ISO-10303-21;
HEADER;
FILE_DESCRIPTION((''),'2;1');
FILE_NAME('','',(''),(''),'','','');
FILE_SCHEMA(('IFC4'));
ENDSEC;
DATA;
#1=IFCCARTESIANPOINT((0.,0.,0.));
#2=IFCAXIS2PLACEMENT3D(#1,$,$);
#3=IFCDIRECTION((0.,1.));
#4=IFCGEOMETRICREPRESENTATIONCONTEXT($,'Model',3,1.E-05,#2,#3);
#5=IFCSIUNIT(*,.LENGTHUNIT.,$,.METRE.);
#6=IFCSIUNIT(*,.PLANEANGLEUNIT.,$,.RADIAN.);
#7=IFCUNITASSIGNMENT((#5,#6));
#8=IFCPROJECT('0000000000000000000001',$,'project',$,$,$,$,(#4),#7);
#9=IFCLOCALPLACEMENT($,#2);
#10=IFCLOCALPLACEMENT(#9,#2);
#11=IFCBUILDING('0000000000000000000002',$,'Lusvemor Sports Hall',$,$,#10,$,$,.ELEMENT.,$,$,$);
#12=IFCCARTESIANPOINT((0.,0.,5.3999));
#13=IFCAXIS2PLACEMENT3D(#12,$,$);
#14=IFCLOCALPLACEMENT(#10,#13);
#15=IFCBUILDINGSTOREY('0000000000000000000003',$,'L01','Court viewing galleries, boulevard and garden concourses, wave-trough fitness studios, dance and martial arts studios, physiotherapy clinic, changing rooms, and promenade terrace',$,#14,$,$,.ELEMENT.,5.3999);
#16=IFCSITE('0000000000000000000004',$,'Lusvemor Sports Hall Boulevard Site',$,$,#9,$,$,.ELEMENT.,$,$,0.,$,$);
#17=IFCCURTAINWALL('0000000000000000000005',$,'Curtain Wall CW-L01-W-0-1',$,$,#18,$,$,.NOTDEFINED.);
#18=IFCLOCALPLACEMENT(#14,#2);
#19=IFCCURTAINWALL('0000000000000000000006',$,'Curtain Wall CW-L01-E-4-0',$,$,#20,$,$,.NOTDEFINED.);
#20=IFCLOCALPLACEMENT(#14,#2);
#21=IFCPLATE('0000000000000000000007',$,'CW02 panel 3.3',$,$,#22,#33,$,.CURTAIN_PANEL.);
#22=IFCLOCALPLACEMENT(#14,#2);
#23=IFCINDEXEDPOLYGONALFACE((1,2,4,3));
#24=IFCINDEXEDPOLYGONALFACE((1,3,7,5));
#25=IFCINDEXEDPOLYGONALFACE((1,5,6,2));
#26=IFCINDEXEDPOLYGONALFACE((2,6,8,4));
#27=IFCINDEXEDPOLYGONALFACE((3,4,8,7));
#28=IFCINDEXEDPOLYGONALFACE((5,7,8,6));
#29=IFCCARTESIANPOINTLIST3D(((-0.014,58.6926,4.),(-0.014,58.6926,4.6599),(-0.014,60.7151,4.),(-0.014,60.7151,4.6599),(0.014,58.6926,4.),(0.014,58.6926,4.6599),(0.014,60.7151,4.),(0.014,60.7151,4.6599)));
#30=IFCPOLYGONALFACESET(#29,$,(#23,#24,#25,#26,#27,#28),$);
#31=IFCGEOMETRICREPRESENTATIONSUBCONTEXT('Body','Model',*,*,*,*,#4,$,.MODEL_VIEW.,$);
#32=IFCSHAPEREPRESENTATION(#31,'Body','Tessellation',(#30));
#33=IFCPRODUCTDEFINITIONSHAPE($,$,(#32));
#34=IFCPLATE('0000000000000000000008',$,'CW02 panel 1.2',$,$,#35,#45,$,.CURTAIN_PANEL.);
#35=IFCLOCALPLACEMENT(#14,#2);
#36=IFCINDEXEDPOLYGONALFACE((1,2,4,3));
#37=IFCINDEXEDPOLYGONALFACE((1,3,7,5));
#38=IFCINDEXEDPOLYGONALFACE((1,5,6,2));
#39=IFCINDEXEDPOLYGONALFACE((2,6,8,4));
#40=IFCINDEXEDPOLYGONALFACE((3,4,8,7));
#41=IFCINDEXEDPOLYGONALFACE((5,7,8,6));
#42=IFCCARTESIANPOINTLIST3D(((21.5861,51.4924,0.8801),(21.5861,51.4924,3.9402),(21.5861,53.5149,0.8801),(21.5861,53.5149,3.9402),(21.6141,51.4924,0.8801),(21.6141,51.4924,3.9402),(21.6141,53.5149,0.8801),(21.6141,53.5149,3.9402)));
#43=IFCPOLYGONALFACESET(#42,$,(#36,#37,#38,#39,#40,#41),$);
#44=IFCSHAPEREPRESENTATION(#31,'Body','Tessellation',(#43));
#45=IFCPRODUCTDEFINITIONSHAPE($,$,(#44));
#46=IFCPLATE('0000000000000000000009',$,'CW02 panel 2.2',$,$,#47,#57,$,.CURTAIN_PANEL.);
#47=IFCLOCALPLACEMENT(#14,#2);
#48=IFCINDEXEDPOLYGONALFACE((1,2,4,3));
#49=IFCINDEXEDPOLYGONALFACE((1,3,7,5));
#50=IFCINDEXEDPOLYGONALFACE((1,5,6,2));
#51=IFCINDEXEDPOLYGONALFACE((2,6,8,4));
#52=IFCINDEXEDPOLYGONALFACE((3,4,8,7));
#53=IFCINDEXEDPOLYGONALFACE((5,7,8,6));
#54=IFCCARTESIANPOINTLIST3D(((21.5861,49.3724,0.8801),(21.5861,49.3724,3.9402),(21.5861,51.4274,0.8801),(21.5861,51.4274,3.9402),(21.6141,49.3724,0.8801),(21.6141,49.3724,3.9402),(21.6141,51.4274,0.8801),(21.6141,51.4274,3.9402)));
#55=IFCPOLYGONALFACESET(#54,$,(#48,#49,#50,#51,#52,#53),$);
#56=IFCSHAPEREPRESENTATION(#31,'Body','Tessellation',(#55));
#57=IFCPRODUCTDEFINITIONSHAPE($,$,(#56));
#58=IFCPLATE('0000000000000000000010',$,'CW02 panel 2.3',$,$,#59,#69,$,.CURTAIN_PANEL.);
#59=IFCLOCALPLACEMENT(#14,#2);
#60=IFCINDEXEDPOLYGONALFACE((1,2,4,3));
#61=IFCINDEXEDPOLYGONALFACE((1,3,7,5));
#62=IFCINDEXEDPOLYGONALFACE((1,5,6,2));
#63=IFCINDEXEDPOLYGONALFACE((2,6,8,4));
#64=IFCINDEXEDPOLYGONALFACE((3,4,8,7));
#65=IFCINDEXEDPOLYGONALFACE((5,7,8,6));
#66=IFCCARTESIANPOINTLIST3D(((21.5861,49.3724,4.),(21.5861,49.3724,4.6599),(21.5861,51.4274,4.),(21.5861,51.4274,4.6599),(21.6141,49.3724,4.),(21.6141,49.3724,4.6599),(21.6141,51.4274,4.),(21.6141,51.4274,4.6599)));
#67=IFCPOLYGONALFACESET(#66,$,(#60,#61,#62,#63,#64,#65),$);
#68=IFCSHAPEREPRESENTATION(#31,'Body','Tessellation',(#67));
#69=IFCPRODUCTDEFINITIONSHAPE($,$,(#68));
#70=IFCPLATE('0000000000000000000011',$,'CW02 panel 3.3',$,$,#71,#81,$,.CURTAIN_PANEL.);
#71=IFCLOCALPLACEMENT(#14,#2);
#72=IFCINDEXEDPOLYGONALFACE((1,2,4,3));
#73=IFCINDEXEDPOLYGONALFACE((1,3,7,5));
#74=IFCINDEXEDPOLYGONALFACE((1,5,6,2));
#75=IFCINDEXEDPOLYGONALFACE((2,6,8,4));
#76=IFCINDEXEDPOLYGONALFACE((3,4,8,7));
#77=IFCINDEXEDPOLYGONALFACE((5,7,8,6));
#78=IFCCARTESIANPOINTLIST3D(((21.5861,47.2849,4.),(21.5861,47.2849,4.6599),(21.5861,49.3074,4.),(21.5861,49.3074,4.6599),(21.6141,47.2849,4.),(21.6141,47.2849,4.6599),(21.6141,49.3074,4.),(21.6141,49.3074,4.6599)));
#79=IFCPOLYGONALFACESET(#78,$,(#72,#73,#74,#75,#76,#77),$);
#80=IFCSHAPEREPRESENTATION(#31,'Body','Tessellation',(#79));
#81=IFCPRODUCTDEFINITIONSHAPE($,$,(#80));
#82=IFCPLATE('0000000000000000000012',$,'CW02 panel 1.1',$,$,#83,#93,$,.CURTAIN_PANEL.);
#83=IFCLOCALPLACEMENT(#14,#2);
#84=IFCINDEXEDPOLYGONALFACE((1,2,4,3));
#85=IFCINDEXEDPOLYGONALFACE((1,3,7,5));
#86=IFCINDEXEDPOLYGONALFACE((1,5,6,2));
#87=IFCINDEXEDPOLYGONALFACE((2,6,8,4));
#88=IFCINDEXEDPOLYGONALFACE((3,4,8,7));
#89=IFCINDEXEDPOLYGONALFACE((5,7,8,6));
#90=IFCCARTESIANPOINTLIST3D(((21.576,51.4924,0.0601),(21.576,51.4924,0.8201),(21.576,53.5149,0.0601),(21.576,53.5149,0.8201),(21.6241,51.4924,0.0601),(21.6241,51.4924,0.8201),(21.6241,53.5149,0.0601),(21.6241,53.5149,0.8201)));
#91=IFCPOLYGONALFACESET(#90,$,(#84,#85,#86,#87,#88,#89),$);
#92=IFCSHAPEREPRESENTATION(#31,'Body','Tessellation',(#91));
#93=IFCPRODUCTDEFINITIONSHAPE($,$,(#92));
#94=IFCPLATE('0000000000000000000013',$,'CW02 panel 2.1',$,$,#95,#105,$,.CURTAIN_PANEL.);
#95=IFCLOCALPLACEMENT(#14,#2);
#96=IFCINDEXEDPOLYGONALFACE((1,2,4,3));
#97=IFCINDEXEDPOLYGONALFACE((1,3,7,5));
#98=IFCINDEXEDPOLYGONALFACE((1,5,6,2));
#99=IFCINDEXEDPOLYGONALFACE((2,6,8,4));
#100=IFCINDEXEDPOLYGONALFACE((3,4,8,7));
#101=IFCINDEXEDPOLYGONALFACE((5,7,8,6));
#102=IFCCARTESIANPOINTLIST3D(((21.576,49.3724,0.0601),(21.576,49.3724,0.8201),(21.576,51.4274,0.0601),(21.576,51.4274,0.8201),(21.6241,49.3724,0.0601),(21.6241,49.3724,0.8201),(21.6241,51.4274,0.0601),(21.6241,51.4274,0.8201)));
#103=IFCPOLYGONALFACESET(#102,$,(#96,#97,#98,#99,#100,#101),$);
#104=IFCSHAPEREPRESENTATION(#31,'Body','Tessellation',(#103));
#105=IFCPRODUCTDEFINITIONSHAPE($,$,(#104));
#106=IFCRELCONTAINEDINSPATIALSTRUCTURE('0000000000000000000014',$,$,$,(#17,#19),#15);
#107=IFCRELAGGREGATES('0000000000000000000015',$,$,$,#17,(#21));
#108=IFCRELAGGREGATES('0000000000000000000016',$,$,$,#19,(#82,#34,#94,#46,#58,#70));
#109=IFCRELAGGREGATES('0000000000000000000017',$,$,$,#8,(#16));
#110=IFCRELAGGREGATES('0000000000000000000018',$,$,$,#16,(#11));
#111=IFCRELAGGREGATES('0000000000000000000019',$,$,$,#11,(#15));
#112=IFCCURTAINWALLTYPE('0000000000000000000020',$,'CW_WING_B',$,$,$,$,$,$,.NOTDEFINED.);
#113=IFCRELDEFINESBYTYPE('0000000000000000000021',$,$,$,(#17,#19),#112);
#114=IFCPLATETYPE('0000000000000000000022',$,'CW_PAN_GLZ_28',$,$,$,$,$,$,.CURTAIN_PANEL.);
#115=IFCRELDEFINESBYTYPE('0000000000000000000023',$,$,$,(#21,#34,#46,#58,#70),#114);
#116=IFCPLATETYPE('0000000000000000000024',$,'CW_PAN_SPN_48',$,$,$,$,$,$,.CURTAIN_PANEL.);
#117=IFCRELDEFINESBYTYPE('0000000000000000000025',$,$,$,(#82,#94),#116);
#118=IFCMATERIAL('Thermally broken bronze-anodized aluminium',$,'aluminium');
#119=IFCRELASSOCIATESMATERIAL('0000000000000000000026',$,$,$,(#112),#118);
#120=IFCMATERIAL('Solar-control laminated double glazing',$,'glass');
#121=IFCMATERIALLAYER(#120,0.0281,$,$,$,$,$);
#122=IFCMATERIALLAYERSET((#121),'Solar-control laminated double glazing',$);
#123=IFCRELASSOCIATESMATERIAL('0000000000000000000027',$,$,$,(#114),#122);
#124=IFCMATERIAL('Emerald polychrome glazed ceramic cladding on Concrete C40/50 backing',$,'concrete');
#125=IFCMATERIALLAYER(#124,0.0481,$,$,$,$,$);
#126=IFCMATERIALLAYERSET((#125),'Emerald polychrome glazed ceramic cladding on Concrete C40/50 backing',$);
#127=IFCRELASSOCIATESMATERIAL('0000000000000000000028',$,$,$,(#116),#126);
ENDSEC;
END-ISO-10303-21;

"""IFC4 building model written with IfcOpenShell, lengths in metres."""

from ifc_helpers import new_model, si_unit, direction, frame, origin, origin_2d, place, context, subcontext, project, spatial, rectangle, extrude, material, layer, layer_set, type_object, element, aggregate, save


model = new_model("IFC4")

# Units and contexts
model_context = context("Model", 3, precision=1e-05, world=origin(), true_north=direction((0.0, 1.0)))
body_context = subcontext(model_context, "Body", "Model", "MODEL_VIEW")
ifc_project = project(units=[si_unit("LENGTHUNIT", "METRE"), si_unit("PLANEANGLEUNIT", "RADIAN")], contexts=[model_context])

# Site, building, storey
site_placement = place(None, origin())
site = spatial("IfcSite", under=ifc_project, at=site_placement, Name="Lusvemor Sports Hall Boulevard Site", CompositionType="ELEMENT", RefElevation=0.0)
building_placement = place(site_placement, origin())
building = spatial("IfcBuilding", under=site, at=building_placement, Name="Lusvemor Sports Hall", CompositionType="ELEMENT")
storey_placement = place(building_placement, frame((0.0, 0.0, 5.3999)))
storey = spatial("IfcBuildingStorey", under=building, at=storey_placement, Name="L01", Description="Court viewing galleries, boulevard and garden concourses, wave-trough fitness studios, dance and martial arts studios, physiotherapy clinic, changing rooms, and promenade terrace", CompositionType="ELEMENT", Elevation=5.3999)

# Curtain wall
ifc_material_1 = material(Name="Thermally broken bronze-anodized aluminium", Category="aluminium")
curtain_wall_type = type_object("IfcCurtainWallType", Name="CW_WING_B", PredefinedType="NOTDEFINED", material=ifc_material_1)
curtain_wall_1_placement = place(storey_placement, origin())
curtain_wall_1 = element("IfcCurtainWall", 1, at=curtain_wall_1_placement, inside=storey, type_object=curtain_wall_type, Name="Curtain Wall CW-L01-W-0-1", PredefinedType="NOTDEFINED")

# Curtain wall
curtain_wall_2_placement = place(storey_placement, origin())
curtain_wall_2 = element("IfcCurtainWall", 2, at=curtain_wall_2_placement, inside=storey, type_object=curtain_wall_type, Name="Curtain Wall CW-L01-E-4-0", PredefinedType="NOTDEFINED")

# Plates
ifc_material_2 = material(Name="Solar-control laminated double glazing", Category="glass")
ifc_layer_1 = layer(ifc_material_2, 0.0281)
ifc_layer_set_1 = layer_set([ifc_layer_1], Name="Solar-control laminated double glazing")
plate_type_1 = type_object("IfcPlateType", Name="CW_PAN_GLZ_28", PredefinedType="CURTAIN_PANEL", material=ifc_layer_set_1)
plate_1_placement = place(storey_placement, frame((0.0, 59.7039, 4.0), z_axis=(0.0, 0.0, 1.0), x_axis=(0.0, 1.0, 0.0)))
plate_1 = element("IfcPlate", 3, at=plate_1_placement, type_object=plate_type_1, Name="CW02 panel 3.3", PredefinedType="CURTAIN_PANEL", context=body_context, shape_type="SweptSolid", body=[
    extrude(rectangle(XDim=2.0225, YDim=0.0281, at=origin_2d()), origin(), (0.0, 0.0, 1.0), 0.6599),
])
aggregate(curtain_wall_1, [plate_1])
plate_2_placement = place(storey_placement, frame((21.6001, 52.5037, 0.8801), z_axis=(0.0, 0.0, 1.0), x_axis=(0.0, -1.0, 0.0)))
plate_2 = element("IfcPlate", 4, at=plate_2_placement, type_object=plate_type_1, Name="CW02 panel 1.2", PredefinedType="CURTAIN_PANEL", context=body_context, shape_type="SweptSolid", body=[
    extrude(rectangle(XDim=2.0225, YDim=0.0281, at=origin_2d()), origin(), (0.0, 0.0, 1.0), 3.0601),
])
plate_3_placement = place(storey_placement, frame((21.6001, 50.3999, 0.8801), z_axis=(0.0, 0.0, 1.0), x_axis=(0.0, -1.0, 0.0)))
plate_3 = element("IfcPlate", 5, at=plate_3_placement, type_object=plate_type_1, Name="CW02 panel 2.2", PredefinedType="CURTAIN_PANEL", context=body_context, shape_type="SweptSolid", body=[
    extrude(rectangle(XDim=2.0549, YDim=0.0281, at=origin_2d()), origin(), (0.0, 0.0, 1.0), 3.0601),
])
plate_4_placement = place(storey_placement, frame((21.6001, 50.3999, 4.0), z_axis=(0.0, 0.0, 1.0), x_axis=(0.0, -1.0, 0.0)))
plate_4 = element("IfcPlate", 6, at=plate_4_placement, type_object=plate_type_1, Name="CW02 panel 2.3", PredefinedType="CURTAIN_PANEL", context=body_context, shape_type="SweptSolid", body=[
    extrude(rectangle(XDim=2.0549, YDim=0.0281, at=origin_2d()), origin(), (0.0, 0.0, 1.0), 0.6599),
])
plate_5_placement = place(storey_placement, frame((21.6001, 48.2961, 4.0), z_axis=(0.0, 0.0, 1.0), x_axis=(0.0, -1.0, 0.0)))
plate_5 = element("IfcPlate", 7, at=plate_5_placement, type_object=plate_type_1, Name="CW02 panel 3.3", PredefinedType="CURTAIN_PANEL", context=body_context, shape_type="SweptSolid", body=[
    extrude(rectangle(XDim=2.0225, YDim=0.0281, at=origin_2d()), origin(), (0.0, 0.0, 1.0), 0.6599),
])
ifc_material_3 = material(Name="Emerald polychrome glazed ceramic cladding on Concrete C40/50 backing", Category="concrete")
ifc_layer_2 = layer(ifc_material_3, 0.0481)
ifc_layer_set_2 = layer_set([ifc_layer_2], Name="Emerald polychrome glazed ceramic cladding on Concrete C40/50 backing")
plate_type_2 = type_object("IfcPlateType", Name="CW_PAN_SPN_48", PredefinedType="CURTAIN_PANEL", material=ifc_layer_set_2)
plate_6_placement = place(storey_placement, frame((21.6001, 52.5037, 0.0601), z_axis=(0.0, 0.0, 1.0), x_axis=(0.0, -1.0, 0.0)))
plate_6 = element("IfcPlate", 8, at=plate_6_placement, type_object=plate_type_2, Name="CW02 panel 1.1", PredefinedType="CURTAIN_PANEL", context=body_context, shape_type="SweptSolid", body=[
    extrude(rectangle(XDim=2.0225, YDim=0.0481, at=origin_2d()), origin(), (0.0, 0.0, 1.0), 0.76),
])
plate_7_placement = place(storey_placement, frame((21.6001, 50.3999, 0.0601), z_axis=(0.0, 0.0, 1.0), x_axis=(0.0, -1.0, 0.0)))
plate_7 = element("IfcPlate", 9, at=plate_7_placement, type_object=plate_type_2, Name="CW02 panel 2.1", PredefinedType="CURTAIN_PANEL", context=body_context, shape_type="SweptSolid", body=[
    extrude(rectangle(XDim=2.0549, YDim=0.0481, at=origin_2d()), origin(), (0.0, 0.0, 1.0), 0.76),
])
aggregate(curtain_wall_2, [plate_6, plate_2, plate_7, plate_3, plate_4, plate_5])

save(model, "model.ifc")
